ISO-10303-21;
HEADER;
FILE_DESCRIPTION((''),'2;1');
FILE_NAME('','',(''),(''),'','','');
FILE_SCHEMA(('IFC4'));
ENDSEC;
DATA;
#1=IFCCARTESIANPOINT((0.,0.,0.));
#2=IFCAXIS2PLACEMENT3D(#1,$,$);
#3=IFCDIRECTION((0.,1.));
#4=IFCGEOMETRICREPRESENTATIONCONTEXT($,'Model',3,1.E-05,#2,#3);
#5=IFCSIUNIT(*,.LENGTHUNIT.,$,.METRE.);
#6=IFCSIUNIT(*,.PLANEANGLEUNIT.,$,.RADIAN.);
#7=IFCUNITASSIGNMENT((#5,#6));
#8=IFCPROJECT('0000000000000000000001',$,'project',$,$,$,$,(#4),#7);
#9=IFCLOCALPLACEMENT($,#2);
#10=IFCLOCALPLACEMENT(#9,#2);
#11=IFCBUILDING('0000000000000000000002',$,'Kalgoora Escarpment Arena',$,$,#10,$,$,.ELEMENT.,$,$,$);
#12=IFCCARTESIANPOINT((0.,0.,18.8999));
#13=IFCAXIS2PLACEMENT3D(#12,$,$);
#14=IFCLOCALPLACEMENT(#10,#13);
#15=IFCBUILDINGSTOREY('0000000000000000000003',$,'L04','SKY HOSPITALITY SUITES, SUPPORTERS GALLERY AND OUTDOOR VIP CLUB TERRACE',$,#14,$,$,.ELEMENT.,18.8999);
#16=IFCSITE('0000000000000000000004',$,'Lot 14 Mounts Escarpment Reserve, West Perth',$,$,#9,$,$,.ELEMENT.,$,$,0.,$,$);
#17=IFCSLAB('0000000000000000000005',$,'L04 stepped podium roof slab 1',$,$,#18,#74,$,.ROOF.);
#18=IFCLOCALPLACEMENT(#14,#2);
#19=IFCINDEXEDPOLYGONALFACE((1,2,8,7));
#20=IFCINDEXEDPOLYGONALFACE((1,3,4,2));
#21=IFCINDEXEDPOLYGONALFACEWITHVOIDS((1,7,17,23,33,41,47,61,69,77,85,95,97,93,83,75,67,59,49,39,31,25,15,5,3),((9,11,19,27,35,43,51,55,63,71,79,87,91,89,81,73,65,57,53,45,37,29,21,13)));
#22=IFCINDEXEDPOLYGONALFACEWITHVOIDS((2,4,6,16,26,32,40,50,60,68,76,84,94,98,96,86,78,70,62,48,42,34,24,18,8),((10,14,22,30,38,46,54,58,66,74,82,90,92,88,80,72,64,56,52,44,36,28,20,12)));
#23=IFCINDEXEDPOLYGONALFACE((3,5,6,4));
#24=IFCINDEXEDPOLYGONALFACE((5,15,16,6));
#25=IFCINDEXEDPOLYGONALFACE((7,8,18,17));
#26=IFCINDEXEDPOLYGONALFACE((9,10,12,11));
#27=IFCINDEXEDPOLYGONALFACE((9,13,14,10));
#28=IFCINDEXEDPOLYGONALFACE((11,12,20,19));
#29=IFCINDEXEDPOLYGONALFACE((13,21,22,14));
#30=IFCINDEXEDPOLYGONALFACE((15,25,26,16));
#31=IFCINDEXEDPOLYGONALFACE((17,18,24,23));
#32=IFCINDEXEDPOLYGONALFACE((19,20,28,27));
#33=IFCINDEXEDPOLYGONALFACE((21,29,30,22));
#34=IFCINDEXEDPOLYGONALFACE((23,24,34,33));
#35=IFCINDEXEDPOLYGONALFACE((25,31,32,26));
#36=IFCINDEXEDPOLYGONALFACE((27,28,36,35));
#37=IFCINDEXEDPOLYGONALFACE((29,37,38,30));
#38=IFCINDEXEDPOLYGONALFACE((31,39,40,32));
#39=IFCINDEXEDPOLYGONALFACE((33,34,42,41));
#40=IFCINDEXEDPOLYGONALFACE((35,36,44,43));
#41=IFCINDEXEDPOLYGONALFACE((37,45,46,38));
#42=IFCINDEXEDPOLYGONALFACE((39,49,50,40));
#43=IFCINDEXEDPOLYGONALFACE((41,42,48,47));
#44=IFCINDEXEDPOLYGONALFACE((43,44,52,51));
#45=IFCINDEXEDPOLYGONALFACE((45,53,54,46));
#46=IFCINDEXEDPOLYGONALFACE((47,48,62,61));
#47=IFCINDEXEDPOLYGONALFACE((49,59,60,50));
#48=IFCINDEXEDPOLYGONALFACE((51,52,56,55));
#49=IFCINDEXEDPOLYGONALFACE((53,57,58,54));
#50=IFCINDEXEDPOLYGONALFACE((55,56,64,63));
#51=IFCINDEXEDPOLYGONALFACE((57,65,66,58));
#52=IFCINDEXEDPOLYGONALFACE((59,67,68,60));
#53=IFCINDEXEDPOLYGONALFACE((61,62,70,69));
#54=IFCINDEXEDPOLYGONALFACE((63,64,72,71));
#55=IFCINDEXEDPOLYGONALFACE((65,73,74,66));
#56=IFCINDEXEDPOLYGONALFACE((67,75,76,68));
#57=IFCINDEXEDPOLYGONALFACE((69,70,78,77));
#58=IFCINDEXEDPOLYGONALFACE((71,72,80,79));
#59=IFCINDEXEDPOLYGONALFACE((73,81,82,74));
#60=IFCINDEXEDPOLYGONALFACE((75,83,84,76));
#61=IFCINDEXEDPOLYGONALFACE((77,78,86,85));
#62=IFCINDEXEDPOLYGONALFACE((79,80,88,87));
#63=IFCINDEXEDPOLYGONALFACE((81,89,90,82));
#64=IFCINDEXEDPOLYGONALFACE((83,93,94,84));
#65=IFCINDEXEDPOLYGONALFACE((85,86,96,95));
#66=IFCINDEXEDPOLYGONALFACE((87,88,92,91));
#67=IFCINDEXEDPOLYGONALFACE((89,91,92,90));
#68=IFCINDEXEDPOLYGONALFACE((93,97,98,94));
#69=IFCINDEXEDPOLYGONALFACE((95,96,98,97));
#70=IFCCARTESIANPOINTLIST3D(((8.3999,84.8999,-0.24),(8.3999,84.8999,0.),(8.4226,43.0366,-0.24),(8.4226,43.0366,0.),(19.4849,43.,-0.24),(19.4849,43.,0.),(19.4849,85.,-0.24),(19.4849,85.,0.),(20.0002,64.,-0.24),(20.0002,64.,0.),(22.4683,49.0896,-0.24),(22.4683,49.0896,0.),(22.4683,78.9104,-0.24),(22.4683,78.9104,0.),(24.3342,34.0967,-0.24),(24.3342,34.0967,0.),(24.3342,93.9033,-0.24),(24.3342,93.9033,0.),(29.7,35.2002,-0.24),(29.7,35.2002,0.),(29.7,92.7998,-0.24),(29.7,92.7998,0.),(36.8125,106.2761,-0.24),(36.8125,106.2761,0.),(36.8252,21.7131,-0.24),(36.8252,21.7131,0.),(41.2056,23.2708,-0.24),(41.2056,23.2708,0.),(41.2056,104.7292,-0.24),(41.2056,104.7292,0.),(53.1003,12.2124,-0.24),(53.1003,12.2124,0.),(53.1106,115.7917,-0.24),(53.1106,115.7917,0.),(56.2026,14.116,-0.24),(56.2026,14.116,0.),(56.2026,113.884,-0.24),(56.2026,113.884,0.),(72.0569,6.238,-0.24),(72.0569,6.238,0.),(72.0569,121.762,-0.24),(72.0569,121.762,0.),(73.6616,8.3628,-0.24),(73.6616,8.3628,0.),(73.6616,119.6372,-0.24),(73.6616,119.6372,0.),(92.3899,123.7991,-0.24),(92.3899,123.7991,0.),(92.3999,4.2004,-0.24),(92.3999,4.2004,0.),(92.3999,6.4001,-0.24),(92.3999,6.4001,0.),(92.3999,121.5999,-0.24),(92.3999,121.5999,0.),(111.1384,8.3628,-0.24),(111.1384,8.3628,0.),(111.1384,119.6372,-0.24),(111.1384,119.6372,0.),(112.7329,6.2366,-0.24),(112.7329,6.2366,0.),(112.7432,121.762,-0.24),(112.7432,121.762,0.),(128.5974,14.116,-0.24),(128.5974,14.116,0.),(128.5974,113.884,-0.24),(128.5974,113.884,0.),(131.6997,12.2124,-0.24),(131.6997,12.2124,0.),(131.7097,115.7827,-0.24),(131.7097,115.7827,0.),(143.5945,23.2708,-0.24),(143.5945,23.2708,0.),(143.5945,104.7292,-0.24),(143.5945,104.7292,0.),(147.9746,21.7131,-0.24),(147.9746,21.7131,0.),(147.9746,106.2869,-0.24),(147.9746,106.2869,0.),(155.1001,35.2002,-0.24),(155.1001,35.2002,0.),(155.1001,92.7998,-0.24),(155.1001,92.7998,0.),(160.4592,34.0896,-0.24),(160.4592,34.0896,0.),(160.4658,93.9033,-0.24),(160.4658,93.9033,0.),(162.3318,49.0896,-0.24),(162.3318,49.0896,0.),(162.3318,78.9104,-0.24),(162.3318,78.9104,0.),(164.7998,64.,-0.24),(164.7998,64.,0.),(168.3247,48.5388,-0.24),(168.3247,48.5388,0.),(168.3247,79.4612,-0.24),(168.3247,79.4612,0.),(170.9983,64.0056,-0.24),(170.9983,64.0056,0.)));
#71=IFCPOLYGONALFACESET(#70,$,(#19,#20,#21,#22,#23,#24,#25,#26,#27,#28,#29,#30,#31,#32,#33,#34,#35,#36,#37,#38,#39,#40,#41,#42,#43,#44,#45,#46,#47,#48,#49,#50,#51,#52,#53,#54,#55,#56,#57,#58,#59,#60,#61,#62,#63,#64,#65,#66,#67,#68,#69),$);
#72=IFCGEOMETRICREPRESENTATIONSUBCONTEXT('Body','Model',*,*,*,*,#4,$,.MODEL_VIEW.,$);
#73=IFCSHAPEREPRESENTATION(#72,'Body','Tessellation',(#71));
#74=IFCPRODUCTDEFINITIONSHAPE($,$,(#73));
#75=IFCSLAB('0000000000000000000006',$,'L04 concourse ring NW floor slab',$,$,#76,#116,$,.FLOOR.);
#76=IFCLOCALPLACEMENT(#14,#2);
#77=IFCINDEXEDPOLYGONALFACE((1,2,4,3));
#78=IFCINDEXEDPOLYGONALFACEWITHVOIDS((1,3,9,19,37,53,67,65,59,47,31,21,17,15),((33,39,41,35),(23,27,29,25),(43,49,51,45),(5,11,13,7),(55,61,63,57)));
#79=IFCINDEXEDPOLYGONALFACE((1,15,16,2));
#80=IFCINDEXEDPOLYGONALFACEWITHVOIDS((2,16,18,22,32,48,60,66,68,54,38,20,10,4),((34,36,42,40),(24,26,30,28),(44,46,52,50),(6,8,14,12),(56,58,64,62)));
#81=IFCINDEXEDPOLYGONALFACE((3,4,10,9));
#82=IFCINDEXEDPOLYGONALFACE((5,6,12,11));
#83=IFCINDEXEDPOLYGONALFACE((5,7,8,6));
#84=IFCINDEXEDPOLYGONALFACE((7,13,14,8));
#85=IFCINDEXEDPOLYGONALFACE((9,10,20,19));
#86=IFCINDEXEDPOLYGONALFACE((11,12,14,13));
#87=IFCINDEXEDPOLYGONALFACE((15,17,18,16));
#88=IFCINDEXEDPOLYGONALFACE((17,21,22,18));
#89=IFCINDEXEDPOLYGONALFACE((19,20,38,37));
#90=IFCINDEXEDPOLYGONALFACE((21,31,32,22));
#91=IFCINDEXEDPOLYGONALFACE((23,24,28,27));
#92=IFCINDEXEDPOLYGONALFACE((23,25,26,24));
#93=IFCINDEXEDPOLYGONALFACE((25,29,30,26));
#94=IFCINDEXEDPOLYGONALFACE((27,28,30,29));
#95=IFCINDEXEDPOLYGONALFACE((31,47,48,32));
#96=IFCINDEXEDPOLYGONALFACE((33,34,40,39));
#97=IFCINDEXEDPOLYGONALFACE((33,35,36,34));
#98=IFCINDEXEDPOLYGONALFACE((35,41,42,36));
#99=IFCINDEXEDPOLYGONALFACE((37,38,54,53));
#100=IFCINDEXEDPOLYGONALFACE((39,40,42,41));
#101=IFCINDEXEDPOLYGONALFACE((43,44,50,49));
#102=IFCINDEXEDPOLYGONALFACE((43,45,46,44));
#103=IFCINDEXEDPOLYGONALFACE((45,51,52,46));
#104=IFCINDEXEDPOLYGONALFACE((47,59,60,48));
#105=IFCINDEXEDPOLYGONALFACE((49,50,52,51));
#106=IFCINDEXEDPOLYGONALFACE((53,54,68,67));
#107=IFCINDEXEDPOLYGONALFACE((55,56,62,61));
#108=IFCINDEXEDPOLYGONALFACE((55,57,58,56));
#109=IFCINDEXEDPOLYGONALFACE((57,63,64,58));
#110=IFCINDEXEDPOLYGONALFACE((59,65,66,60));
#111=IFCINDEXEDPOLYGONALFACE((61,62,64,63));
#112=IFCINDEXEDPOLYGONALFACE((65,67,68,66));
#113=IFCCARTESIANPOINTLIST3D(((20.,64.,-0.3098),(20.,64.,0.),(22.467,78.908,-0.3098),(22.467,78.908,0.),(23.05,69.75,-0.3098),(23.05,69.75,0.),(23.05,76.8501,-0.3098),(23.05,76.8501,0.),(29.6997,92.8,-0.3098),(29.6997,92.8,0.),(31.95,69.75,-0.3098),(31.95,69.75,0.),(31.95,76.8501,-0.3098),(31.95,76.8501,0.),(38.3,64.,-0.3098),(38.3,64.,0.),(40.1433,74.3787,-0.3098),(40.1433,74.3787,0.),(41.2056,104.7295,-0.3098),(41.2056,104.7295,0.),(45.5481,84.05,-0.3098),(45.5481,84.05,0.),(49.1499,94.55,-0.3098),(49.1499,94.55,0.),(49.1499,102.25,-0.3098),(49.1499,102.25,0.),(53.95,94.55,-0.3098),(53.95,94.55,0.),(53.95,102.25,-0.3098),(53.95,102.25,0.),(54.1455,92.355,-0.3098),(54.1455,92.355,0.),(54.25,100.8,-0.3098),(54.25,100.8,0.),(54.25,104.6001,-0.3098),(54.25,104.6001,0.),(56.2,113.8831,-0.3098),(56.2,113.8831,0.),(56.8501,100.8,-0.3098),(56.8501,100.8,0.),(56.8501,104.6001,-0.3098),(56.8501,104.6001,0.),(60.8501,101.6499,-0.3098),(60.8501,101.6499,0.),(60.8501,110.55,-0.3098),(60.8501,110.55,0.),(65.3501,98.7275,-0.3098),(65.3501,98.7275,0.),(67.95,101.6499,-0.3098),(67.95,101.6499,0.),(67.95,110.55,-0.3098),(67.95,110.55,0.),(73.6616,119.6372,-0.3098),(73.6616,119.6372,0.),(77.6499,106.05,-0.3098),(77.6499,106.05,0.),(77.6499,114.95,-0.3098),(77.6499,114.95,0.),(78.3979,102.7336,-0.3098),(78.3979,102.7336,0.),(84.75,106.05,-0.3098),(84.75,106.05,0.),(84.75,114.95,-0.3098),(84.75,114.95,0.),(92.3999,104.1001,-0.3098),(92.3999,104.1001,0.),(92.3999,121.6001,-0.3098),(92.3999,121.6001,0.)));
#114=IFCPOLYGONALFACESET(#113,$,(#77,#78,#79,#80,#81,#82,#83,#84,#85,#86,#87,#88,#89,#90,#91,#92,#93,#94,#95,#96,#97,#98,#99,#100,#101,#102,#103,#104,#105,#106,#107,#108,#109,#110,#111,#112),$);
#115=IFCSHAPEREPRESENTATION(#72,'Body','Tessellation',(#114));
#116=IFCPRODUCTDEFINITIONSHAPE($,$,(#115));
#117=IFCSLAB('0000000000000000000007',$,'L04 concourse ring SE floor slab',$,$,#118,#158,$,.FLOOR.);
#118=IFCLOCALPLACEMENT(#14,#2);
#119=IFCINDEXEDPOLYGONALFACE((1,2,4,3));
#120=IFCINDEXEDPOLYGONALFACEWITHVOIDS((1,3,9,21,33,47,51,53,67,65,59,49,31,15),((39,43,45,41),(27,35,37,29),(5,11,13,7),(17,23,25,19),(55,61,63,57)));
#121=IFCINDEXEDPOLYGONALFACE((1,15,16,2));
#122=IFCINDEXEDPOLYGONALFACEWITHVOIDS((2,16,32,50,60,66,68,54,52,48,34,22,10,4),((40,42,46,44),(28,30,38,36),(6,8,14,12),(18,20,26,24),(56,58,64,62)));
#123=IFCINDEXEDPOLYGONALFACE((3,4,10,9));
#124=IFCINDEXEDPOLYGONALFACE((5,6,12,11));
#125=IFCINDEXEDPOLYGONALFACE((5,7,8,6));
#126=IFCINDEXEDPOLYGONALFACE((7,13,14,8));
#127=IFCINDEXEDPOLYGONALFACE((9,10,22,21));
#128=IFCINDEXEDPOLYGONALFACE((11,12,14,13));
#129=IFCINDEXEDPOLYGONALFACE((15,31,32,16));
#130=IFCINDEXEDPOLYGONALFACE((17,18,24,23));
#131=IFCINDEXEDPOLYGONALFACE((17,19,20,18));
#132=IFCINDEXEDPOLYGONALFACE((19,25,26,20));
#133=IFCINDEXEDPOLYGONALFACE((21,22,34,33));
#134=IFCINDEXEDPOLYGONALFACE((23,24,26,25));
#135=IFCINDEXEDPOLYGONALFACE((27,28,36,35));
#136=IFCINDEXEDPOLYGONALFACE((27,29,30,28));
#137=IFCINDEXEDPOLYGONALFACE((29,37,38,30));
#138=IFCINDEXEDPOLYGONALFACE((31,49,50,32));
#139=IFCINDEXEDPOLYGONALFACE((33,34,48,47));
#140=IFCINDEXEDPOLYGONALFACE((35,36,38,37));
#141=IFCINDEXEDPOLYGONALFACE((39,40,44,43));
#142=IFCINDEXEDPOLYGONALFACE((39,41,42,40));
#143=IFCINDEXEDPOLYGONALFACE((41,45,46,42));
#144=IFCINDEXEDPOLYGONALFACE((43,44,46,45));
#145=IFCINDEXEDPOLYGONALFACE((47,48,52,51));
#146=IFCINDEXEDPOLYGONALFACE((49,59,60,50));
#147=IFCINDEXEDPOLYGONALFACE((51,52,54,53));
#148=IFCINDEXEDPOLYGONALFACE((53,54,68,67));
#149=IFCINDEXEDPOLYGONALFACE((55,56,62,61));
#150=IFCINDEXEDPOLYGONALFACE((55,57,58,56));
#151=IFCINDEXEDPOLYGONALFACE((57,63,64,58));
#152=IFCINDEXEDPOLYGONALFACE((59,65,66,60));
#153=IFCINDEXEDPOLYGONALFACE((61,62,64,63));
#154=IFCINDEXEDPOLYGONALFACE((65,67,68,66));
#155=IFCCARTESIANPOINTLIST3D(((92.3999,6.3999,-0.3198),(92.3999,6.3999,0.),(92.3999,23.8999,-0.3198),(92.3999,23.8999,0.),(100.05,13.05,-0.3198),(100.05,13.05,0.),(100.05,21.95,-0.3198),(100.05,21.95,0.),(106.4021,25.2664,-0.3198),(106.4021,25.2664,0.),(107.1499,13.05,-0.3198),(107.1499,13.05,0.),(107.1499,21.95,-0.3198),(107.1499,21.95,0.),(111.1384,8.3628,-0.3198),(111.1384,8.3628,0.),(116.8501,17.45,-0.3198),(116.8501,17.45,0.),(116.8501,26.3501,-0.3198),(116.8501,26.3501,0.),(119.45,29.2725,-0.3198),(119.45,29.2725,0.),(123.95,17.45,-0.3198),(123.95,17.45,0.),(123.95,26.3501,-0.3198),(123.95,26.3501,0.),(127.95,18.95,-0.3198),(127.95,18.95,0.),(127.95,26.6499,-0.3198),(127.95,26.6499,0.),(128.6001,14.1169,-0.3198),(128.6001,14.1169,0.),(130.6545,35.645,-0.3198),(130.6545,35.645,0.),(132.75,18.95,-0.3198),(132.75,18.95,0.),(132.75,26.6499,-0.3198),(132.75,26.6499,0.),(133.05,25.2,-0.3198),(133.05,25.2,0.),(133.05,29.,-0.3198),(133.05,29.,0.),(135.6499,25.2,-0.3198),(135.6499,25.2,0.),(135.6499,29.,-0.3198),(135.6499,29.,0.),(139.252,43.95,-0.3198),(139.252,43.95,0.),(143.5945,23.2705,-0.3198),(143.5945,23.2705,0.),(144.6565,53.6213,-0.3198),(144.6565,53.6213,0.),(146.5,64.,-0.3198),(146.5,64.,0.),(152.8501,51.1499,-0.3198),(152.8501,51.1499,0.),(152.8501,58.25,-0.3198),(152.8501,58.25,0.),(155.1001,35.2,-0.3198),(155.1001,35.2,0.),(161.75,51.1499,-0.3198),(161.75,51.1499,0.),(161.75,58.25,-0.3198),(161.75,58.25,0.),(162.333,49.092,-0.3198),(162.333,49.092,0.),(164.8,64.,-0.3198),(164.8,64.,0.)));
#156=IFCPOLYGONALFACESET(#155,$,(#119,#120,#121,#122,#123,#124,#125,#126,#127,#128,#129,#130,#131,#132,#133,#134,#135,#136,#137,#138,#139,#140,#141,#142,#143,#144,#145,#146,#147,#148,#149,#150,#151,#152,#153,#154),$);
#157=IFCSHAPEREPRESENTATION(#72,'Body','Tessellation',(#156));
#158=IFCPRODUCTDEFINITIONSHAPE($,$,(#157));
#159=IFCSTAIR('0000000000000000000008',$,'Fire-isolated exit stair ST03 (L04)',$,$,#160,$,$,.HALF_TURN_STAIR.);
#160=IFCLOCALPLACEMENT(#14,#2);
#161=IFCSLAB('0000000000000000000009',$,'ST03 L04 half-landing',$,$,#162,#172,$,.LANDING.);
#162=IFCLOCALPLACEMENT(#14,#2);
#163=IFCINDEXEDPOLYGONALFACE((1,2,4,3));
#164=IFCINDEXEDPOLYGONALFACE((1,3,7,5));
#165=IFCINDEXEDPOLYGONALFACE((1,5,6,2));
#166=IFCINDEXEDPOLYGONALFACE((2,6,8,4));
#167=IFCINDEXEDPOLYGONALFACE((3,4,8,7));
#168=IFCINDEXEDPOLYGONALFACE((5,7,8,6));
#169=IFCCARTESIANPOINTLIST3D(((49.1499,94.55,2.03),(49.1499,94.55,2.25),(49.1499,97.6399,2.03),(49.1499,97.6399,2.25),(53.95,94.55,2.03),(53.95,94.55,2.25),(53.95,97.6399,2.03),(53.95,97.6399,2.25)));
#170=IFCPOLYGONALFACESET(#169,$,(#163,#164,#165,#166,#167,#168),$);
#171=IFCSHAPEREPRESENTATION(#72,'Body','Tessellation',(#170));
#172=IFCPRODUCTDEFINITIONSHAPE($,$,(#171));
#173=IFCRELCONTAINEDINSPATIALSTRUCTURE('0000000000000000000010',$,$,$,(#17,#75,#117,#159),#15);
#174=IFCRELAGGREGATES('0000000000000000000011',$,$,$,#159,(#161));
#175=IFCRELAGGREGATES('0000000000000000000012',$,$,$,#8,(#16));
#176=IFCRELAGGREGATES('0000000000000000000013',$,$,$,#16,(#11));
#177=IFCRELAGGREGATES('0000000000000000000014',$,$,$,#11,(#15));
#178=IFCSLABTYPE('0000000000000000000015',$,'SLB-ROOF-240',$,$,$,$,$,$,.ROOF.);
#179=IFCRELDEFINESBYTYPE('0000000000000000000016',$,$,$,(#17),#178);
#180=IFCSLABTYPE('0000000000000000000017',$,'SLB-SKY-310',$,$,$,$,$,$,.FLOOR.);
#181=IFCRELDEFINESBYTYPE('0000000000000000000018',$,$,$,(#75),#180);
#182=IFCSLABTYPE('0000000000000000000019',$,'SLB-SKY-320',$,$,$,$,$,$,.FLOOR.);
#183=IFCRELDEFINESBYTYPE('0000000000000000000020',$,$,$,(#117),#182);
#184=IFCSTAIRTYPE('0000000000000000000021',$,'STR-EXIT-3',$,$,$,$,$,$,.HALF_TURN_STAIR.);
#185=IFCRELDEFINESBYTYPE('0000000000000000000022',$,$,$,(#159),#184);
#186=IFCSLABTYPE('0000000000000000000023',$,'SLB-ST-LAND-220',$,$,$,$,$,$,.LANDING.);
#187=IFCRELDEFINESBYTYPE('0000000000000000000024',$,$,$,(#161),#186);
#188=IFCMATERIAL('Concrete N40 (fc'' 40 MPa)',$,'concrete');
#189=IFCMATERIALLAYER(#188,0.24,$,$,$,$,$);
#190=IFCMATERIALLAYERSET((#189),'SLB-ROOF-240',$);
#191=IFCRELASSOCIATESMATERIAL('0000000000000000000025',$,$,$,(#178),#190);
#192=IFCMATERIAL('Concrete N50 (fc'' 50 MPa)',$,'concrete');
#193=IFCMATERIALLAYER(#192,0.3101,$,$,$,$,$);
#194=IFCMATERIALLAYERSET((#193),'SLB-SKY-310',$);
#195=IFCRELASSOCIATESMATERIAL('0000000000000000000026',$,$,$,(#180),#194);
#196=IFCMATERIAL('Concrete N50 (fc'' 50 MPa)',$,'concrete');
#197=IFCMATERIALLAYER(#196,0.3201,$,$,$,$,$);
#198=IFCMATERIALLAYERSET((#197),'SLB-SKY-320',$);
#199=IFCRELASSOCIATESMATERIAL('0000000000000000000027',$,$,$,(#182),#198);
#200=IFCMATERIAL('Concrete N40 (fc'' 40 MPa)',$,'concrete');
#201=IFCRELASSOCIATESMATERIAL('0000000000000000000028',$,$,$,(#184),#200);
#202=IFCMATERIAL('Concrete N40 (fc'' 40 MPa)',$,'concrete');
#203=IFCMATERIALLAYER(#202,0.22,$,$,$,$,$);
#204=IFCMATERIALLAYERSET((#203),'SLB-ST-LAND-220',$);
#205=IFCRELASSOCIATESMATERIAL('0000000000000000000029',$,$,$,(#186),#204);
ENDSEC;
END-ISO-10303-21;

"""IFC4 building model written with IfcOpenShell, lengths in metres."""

from ifc_helpers import new_model, si_unit, direction, frame, origin, place, context, subcontext, project, spatial, polyline, outline, extrude, material, layer, layer_set, type_object, element, aggregate, save


model = new_model("IFC4")

# Units and contexts
model_context = context("Model", 3, precision=1e-05, world=origin(), true_north=direction((0.0, 1.0)))
body_context = subcontext(model_context, "Body", "Model", "MODEL_VIEW")
ifc_project = project(units=[si_unit("LENGTHUNIT", "METRE"), si_unit("PLANEANGLEUNIT", "RADIAN")], contexts=[model_context])

# Site, building, storey
site_placement = place(None, origin())
site = spatial("IfcSite", under=ifc_project, at=site_placement, Name="Lot 14 Mounts Escarpment Reserve, West Perth", CompositionType="ELEMENT", RefElevation=0.0)
building_placement = place(site_placement, origin())
building = spatial("IfcBuilding", under=site, at=building_placement, Name="Kalgoora Escarpment Arena", CompositionType="ELEMENT")
storey_placement = place(building_placement, frame((0.0, 0.0, 18.8999)))
storey = spatial("IfcBuildingStorey", under=building, at=storey_placement, Name="L04", Description="SKY HOSPITALITY SUITES, SUPPORTERS GALLERY AND OUTDOOR VIP CLUB TERRACE", CompositionType="ELEMENT", Elevation=18.8999)

# Slabs
ifc_material_1 = material(Name="Concrete N40 (fc' 40 MPa)", Category="concrete")
ifc_layer_1 = layer(ifc_material_1, 0.24)
ifc_layer_set_1 = layer_set([ifc_layer_1], Name="SLB-ROOF-240")
slab_type_1 = type_object("IfcSlabType", Name="SLB-ROOF-240", PredefinedType="ROOF", material=ifc_layer_set_1)
slab_1_placement = place(storey_placement, frame((0.0, 0.0, -0.24)))
element("IfcSlab", 1, at=slab_1_placement, inside=storey, type_object=slab_type_1, Name="L04 stepped podium roof slab 1", PredefinedType="ROOF", context=body_context, shape_type="SweptSolid", body=[
    extrude(outline(polyline([(8.3999, 84.8999), (19.4849, 85.0), (24.3342, 93.9033), (36.8125, 106.2761), (53.1106, 115.7917), (72.0569, 121.762), (92.3899, 123.7991), (112.7432, 121.762), (131.7097, 115.7827), (147.9746, 106.2869), (160.4658, 93.9033), (168.3247, 79.4612), (170.9983, 64.0056), (168.3247, 48.5388), (160.4592, 34.0896), (147.9746, 21.7131), (131.6997, 12.2124), (112.7329, 6.2366), (92.3999, 4.2004), (72.0569, 6.238), (53.1003, 12.2124), (36.8252, 21.7131), (24.3342, 34.0967), (19.4849, 43.0), (8.4226, 43.0366), (8.3999, 84.8999)]), holes=[polyline([(20.0002, 64.0), (22.4683, 49.0896), (29.7, 35.2002), (41.2056, 23.2708), (56.2026, 14.116), (73.6616, 8.3628), (92.3999, 6.4001), (111.1384, 8.3628), (128.5974, 14.116), (143.5945, 23.2708), (155.1001, 35.2002), (162.3318, 49.0896), (164.7998, 64.0), (162.3318, 78.9104), (155.1001, 92.7998), (143.5945, 104.7292), (128.5974, 113.884), (111.1384, 119.6372), (92.3999, 121.5999), (73.6616, 119.6372), (56.2026, 113.884), (41.2056, 104.7292), (29.7, 92.7998), (22.4683, 78.9104), (20.0002, 64.0)])]), origin(), (0.0, 0.0, 1.0), 0.24),
])
ifc_material_2 = material(Name="Concrete N50 (fc' 50 MPa)", Category="concrete")
ifc_layer_2 = layer(ifc_material_2, 0.3101)
ifc_layer_set_2 = layer_set([ifc_layer_2], Name="SLB-SKY-310")
slab_type_2 = type_object("IfcSlabType", Name="SLB-SKY-310", PredefinedType="FLOOR", material=ifc_layer_set_2)
slab_2_placement = place(storey_placement, frame((0.0, 0.0, -0.3098)))
element("IfcSlab", 2, at=slab_2_placement, inside=storey, type_object=slab_type_2, Name="L04 concourse ring NW floor slab", PredefinedType="FLOOR", context=body_context, shape_type="SweptSolid", body=[
    extrude(outline(polyline([(22.467, 78.908), (29.6997, 92.8), (41.2056, 104.7295), (56.2, 113.8831), (73.6616, 119.6372), (92.3999, 121.6001), (92.3999, 104.1001), (78.3979, 102.7336), (65.3501, 98.7275), (54.1455, 92.355), (45.5481, 84.05), (40.1433, 74.3787), (38.3, 64.0), (20.0, 64.0), (22.467, 78.908)]), holes=[polyline([(23.05, 76.8501), (23.05, 69.75), (31.95, 69.75), (31.95, 76.8501), (23.05, 76.8501)]), polyline([(49.1499, 102.25), (49.1499, 94.55), (53.95, 94.55), (53.95, 102.25), (49.1499, 102.25)]), polyline([(54.25, 104.6001), (54.25, 100.8), (56.8501, 100.8), (56.8501, 104.6001), (54.25, 104.6001)]), polyline([(67.95, 110.55), (60.8501, 110.55), (60.8501, 101.6499), (67.95, 101.6499), (67.95, 110.55)]), polyline([(84.75, 114.95), (77.6499, 114.95), (77.6499, 106.05), (84.75, 106.05), (84.75, 114.95)])]), origin(), (0.0, 0.0, 1.0), 0.3098),
])
ifc_material_3 = material(Name="Concrete N50 (fc' 50 MPa)", Category="concrete")
ifc_layer_3 = layer(ifc_material_3, 0.3201)
ifc_layer_set_3 = layer_set([ifc_layer_3], Name="SLB-SKY-320")
slab_type_3 = type_object("IfcSlabType", Name="SLB-SKY-320", PredefinedType="FLOOR", material=ifc_layer_set_3)
slab_3_placement = place(storey_placement, frame((0.0, 0.0, -0.3198)))
element("IfcSlab", 3, at=slab_3_placement, inside=storey, type_object=slab_type_3, Name="L04 concourse ring SE floor slab", PredefinedType="FLOOR", context=body_context, shape_type="SweptSolid", body=[
    extrude(outline(polyline([(128.6001, 14.1169), (111.1384, 8.3628), (92.3999, 6.3999), (92.3999, 23.8999), (106.4021, 25.2664), (119.45, 29.2725), (130.6545, 35.645), (139.252, 43.95), (144.6565, 53.6213), (146.5, 64.0), (164.8, 64.0), (162.333, 49.092), (155.1001, 35.2), (143.5945, 23.2705), (128.6001, 14.1169)]), holes=[polyline([(100.05, 21.95), (100.05, 13.05), (107.1499, 13.05), (107.1499, 21.95), (100.05, 21.95)]), polyline([(116.8501, 26.3501), (116.8501, 17.45), (123.95, 17.45), (123.95, 26.3501), (116.8501, 26.3501)]), polyline([(127.95, 26.6499), (127.95, 18.95), (132.75, 18.95), (132.75, 26.6499), (127.95, 26.6499)]), polyline([(135.6499, 29.0), (133.05, 29.0), (133.05, 25.2), (135.6499, 25.2), (135.6499, 29.0)]), polyline([(161.75, 58.25), (152.8501, 58.25), (152.8501, 51.1499), (161.75, 51.1499), (161.75, 58.25)])]), origin(), (0.0, 0.0, 1.0), 0.3198),
])

# Stair, slab
ifc_material_4 = material(Name="Concrete N40 (fc' 40 MPa)", Category="concrete")
stair_type_1 = type_object("IfcStairType", Name="STR-EXIT-3", PredefinedType="HALF_TURN_STAIR", material=ifc_material_4)
stair_1_placement = place(storey_placement, origin())
stair_1 = element("IfcStair", 4, at=stair_1_placement, inside=storey, type_object=stair_type_1, Name="Fire-isolated exit stair ST03 (L04)", PredefinedType="HALF_TURN_STAIR")
ifc_material_5 = material(Name="Concrete N40 (fc' 40 MPa)", Category="concrete")
ifc_layer_4 = layer(ifc_material_5, 0.22)
ifc_layer_set_4 = layer_set([ifc_layer_4], Name="SLB-ST-LAND-220")
slab_type_4 = type_object("IfcSlabType", Name="SLB-ST-LAND-220", PredefinedType="LANDING", material=ifc_layer_set_4)
slab_4_placement = place(storey_placement, frame((0.0, 0.0, 2.03)))
slab_4 = element("IfcSlab", 5, at=slab_4_placement, type_object=slab_type_4, Name="ST03 L04 half-landing", PredefinedType="LANDING", context=body_context, shape_type="SweptSolid", body=[
    extrude(outline(polyline([(53.95, 97.6399), (53.95, 94.55), (49.1499, 94.55), (49.1499, 97.6399), (53.95, 97.6399)])), origin(), (0.0, 0.0, 1.0), 0.22),
])
aggregate(stair_1, [slab_4])

save(model, "model.ifc")
